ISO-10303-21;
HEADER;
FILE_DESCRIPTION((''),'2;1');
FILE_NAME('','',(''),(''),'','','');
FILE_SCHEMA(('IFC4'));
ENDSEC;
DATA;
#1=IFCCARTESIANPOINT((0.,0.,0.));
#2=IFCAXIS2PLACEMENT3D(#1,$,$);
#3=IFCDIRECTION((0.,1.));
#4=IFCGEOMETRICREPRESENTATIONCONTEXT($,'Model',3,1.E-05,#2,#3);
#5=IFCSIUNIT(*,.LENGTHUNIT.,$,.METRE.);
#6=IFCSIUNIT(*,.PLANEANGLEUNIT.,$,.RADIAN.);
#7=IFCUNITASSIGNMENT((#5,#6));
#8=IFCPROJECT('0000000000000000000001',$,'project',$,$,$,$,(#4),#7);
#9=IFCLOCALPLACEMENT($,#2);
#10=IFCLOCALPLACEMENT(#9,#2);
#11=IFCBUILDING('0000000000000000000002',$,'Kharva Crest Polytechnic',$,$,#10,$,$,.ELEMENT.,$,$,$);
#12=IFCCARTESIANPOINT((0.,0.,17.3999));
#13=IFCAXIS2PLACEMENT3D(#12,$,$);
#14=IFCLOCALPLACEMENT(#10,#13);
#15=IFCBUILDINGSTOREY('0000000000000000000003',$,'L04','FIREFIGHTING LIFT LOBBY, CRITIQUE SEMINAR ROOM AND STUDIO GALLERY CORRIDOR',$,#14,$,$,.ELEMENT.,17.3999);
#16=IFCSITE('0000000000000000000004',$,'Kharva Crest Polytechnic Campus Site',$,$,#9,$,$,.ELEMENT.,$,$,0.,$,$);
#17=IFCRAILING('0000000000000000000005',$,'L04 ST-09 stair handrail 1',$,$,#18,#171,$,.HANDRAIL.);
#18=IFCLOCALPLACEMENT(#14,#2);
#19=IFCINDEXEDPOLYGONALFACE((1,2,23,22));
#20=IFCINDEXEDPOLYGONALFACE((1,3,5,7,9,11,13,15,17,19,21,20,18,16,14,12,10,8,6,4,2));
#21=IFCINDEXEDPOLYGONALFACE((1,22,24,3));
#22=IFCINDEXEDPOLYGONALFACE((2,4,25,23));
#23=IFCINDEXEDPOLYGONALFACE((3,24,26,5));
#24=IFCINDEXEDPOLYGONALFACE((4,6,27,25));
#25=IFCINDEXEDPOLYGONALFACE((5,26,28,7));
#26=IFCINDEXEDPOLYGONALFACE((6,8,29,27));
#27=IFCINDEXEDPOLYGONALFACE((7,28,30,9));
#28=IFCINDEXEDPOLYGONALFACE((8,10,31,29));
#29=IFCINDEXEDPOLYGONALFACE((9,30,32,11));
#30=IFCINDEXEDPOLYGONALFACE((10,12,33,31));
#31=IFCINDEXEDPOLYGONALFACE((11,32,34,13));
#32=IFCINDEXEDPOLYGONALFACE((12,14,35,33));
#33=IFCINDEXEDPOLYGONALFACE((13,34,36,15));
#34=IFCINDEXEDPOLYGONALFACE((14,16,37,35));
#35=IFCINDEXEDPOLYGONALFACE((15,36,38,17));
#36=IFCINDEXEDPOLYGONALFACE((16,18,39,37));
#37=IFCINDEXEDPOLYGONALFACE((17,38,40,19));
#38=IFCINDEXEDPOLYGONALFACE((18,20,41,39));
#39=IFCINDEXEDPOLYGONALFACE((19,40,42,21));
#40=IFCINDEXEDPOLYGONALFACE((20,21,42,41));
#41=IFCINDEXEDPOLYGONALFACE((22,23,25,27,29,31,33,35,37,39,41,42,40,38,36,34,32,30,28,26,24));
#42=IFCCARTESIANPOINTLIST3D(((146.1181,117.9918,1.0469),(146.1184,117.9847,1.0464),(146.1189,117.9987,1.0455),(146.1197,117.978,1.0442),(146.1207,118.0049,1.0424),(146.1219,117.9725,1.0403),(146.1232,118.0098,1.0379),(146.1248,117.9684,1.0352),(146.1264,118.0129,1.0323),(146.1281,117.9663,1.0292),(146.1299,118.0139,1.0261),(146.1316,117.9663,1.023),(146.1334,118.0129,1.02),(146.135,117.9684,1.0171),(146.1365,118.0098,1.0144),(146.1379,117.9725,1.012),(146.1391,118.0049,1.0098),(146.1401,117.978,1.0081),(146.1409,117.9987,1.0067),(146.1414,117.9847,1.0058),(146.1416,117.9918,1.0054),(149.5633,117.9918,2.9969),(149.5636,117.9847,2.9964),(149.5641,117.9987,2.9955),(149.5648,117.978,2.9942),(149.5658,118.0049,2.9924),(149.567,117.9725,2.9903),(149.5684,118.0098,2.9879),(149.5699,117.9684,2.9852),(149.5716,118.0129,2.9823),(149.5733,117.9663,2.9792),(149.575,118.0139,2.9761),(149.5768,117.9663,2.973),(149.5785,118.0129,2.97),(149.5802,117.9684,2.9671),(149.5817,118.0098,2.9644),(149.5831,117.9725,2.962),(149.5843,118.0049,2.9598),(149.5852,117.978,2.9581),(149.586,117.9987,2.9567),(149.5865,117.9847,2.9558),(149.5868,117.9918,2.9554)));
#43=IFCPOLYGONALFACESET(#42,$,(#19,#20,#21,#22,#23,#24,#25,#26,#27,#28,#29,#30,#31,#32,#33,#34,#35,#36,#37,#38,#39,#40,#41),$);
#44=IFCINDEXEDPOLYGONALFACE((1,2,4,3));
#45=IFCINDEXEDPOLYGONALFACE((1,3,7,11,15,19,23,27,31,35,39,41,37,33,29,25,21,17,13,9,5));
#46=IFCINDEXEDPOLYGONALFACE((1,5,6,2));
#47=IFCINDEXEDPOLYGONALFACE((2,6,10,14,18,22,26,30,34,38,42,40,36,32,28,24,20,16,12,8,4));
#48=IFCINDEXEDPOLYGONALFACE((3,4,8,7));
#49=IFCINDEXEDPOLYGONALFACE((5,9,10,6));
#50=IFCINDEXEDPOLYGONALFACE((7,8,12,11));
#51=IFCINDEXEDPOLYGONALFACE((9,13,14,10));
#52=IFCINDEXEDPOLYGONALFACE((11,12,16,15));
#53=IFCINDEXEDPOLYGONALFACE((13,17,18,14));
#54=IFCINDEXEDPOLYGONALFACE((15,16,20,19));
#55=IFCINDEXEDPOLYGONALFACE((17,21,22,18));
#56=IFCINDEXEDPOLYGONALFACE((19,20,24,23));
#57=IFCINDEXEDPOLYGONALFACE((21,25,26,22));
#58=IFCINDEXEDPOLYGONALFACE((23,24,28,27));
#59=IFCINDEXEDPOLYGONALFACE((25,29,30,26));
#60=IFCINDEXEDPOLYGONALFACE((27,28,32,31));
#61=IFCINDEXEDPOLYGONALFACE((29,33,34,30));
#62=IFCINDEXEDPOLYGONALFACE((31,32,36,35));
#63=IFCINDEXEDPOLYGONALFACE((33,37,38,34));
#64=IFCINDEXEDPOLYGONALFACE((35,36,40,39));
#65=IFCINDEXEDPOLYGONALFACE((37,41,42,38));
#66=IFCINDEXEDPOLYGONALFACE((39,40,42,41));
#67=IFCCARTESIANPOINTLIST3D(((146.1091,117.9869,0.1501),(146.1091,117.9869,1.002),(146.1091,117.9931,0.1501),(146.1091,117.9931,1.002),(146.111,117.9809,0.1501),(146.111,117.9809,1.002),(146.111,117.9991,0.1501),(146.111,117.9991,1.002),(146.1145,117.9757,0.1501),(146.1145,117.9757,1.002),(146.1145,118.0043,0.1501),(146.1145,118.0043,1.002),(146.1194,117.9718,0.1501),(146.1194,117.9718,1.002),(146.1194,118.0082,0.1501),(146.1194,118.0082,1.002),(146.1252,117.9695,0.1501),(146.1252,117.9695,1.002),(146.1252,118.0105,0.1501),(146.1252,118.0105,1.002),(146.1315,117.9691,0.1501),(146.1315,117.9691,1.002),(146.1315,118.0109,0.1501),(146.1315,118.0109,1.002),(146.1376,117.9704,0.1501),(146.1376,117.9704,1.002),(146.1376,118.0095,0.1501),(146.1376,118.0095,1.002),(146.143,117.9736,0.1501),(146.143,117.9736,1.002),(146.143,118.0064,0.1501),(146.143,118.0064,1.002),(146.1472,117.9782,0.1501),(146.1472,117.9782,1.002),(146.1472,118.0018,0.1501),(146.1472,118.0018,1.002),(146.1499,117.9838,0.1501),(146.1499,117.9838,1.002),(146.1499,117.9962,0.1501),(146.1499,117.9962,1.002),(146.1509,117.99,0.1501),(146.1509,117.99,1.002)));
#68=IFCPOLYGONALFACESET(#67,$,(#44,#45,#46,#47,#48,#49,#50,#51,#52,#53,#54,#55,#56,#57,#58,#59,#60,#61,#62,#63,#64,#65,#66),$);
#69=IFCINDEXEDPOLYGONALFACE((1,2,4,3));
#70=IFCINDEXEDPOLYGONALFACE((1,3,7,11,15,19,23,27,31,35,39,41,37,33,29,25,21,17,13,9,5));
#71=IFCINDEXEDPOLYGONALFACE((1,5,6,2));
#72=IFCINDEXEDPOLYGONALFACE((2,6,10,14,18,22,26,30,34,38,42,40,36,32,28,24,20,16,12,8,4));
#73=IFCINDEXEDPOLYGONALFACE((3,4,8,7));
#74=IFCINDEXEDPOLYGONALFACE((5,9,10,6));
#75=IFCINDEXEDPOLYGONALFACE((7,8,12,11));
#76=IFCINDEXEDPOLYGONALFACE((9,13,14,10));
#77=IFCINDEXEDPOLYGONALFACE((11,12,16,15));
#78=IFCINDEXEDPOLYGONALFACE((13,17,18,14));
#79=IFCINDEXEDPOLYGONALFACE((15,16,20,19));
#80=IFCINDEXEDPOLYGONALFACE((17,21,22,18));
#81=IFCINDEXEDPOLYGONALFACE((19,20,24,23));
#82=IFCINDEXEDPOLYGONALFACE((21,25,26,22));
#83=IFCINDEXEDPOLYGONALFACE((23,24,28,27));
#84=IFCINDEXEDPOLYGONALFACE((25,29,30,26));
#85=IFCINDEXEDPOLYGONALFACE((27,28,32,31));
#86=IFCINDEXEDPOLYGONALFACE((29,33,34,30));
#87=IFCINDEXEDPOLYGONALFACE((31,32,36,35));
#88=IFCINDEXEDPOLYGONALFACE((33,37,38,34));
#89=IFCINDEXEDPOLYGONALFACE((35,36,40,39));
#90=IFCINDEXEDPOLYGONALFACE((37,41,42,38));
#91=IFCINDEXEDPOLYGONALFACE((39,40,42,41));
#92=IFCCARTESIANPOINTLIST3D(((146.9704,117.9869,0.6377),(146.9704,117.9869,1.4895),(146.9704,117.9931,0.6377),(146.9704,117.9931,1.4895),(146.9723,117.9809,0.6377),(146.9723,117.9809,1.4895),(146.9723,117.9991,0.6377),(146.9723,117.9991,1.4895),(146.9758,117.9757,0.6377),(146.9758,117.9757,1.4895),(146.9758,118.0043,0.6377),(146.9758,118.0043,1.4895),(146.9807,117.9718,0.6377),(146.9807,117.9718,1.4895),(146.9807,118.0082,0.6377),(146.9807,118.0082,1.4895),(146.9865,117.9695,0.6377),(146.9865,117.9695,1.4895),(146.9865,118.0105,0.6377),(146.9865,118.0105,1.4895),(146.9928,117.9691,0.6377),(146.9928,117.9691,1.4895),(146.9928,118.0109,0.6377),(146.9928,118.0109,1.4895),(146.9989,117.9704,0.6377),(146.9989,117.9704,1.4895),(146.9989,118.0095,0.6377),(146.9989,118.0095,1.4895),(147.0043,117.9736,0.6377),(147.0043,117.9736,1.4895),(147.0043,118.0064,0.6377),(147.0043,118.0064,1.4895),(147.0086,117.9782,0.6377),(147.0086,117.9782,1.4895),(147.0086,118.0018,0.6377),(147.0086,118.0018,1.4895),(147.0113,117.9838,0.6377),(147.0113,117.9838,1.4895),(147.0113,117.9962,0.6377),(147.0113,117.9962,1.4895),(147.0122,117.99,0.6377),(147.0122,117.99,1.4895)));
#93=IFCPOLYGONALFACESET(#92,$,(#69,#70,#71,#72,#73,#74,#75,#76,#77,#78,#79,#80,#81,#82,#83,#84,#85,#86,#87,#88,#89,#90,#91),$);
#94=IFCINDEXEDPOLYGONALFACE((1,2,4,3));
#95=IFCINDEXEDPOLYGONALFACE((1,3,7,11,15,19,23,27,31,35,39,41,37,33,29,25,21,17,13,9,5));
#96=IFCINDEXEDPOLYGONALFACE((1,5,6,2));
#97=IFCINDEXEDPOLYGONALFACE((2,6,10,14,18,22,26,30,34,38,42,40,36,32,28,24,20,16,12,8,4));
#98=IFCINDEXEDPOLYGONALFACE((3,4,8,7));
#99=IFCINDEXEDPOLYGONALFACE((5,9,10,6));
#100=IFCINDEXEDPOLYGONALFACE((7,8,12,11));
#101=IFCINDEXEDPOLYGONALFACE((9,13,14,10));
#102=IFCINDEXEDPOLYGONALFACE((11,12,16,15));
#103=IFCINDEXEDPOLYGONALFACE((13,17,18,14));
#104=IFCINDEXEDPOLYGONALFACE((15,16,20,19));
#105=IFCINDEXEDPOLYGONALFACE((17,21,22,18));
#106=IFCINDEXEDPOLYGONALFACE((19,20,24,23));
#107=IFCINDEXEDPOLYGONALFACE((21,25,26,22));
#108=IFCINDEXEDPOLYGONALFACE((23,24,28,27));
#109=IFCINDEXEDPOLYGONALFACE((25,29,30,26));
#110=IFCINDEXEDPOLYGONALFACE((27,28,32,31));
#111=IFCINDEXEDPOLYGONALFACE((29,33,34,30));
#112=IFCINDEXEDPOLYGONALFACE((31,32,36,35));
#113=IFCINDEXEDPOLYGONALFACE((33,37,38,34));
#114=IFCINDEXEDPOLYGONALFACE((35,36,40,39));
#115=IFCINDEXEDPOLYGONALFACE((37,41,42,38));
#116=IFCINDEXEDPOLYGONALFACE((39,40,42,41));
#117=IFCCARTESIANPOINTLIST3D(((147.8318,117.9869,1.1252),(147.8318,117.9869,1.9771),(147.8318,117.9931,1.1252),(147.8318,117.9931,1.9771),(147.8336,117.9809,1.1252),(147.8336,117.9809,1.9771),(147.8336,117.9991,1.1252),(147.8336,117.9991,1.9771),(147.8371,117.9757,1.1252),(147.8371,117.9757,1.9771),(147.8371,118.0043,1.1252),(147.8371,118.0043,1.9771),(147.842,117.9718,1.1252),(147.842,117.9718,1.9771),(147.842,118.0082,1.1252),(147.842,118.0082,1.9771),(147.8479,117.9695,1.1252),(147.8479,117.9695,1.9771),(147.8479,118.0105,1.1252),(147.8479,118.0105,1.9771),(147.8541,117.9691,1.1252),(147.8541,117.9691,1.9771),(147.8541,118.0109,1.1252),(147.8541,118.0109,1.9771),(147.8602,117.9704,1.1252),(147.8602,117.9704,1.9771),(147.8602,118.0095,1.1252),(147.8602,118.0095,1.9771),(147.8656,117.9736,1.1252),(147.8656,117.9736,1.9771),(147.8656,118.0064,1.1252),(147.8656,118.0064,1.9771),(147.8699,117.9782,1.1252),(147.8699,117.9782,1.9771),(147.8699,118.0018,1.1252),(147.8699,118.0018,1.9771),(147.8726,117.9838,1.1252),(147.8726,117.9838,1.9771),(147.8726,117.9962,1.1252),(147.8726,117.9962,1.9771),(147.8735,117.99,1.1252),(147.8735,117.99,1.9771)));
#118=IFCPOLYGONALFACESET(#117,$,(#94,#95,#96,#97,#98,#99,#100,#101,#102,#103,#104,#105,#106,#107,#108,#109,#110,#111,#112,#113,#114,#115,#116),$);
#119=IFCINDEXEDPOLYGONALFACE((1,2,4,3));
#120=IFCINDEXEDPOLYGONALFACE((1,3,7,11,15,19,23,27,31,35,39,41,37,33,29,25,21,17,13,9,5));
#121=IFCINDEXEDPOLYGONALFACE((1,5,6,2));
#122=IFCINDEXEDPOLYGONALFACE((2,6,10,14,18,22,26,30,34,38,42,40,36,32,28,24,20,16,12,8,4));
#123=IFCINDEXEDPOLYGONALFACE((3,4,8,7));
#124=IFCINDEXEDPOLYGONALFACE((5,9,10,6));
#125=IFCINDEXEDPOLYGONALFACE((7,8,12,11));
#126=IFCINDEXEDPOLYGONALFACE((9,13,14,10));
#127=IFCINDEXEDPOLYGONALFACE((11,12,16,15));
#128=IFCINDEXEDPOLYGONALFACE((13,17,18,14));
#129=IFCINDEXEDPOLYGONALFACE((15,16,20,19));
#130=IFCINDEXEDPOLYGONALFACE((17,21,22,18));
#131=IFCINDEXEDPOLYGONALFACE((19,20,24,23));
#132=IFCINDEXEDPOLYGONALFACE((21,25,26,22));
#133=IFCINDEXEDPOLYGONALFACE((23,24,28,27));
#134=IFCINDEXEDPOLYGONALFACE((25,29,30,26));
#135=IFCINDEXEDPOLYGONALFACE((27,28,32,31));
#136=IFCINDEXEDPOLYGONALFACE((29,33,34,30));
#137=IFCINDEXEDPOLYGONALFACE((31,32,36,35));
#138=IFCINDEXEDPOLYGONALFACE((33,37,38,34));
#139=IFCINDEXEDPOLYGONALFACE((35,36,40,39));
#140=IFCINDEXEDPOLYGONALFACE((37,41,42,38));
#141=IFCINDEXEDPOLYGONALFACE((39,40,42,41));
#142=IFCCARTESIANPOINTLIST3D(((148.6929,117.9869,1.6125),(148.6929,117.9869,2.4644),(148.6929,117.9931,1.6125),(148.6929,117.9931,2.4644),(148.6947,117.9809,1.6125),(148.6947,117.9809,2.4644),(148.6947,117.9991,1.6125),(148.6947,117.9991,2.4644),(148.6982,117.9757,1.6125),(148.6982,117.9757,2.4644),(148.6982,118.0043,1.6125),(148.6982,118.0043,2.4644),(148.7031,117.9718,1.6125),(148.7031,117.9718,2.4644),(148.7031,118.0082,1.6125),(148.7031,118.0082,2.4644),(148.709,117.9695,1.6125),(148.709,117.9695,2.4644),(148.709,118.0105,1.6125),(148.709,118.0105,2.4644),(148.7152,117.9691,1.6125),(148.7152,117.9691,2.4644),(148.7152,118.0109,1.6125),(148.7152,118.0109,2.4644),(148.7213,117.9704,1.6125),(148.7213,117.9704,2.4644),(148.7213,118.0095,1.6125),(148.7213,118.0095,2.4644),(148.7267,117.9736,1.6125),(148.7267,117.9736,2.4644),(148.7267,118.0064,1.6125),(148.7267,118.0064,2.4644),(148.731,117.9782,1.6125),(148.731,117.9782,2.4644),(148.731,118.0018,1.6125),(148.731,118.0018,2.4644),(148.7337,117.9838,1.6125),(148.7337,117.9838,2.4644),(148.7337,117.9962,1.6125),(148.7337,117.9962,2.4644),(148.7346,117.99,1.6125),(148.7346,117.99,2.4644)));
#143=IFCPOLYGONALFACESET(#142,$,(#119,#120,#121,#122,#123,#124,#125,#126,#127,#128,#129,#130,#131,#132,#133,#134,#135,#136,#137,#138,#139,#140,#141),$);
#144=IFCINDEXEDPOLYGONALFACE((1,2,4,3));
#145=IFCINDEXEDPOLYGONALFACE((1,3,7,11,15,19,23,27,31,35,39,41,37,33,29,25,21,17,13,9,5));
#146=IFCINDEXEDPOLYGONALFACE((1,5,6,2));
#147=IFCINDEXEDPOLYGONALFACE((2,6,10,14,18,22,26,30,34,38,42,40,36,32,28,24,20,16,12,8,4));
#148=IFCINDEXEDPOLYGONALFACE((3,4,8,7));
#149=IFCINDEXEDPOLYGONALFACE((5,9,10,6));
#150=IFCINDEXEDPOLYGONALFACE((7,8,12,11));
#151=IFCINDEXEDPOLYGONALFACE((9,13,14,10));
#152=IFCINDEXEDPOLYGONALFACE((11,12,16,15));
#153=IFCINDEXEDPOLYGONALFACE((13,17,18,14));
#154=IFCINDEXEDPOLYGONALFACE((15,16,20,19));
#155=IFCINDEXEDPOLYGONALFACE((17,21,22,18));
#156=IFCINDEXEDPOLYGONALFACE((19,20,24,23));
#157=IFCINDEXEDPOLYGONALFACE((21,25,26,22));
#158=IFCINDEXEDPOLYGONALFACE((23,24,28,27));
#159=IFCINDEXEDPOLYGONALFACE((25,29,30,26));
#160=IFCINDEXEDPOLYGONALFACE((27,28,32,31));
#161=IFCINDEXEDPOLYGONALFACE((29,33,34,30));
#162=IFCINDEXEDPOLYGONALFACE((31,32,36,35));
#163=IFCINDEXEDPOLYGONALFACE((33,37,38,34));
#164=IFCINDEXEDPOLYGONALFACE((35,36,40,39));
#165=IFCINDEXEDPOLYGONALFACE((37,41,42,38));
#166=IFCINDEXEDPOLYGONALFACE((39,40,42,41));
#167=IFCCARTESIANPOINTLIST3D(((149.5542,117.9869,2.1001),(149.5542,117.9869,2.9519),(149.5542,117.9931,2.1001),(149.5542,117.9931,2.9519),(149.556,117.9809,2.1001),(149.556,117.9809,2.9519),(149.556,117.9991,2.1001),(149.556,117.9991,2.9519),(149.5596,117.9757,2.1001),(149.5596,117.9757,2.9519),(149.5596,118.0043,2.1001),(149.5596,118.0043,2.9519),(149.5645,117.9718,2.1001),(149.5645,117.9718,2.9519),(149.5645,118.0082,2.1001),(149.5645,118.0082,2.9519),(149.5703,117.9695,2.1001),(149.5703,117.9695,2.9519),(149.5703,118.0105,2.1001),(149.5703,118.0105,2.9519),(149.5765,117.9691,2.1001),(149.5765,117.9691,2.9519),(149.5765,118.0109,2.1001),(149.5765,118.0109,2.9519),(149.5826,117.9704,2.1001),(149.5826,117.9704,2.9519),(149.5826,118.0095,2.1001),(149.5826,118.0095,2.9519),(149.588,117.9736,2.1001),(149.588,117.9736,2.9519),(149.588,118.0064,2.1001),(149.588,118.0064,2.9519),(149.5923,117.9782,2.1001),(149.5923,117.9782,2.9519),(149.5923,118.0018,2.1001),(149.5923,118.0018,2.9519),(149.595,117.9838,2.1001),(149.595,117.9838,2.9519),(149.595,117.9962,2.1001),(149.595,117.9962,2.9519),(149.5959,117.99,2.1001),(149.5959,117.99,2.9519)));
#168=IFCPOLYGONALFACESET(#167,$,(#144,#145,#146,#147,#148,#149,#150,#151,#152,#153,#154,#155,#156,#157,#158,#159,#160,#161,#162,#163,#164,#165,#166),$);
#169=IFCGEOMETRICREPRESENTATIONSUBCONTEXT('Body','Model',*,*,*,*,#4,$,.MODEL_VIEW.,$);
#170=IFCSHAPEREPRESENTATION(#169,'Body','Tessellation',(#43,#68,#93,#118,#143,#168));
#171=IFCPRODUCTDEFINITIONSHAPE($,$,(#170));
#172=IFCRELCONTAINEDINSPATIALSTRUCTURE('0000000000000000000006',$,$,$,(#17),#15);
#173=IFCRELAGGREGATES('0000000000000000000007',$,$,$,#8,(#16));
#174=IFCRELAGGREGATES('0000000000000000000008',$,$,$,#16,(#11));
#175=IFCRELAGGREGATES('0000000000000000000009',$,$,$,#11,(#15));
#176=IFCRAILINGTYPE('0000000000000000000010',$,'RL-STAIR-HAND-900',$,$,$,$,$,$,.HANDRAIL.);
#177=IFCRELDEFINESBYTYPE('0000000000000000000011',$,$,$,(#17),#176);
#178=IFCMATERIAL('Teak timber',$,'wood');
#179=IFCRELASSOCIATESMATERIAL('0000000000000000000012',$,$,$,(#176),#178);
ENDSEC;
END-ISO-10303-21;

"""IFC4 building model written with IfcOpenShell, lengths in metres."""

from ifc_helpers import new_model, si_unit, direction, frame, origin, origin_2d, place, context, subcontext, project, spatial, circle, extrude, material, type_object, element, save


model = new_model("IFC4")

# Units and contexts
model_context = context("Model", 3, precision=1e-05, world=origin(), true_north=direction((0.0, 1.0)))
body_context = subcontext(model_context, "Body", "Model", "MODEL_VIEW")
ifc_project = project(units=[si_unit("LENGTHUNIT", "METRE"), si_unit("PLANEANGLEUNIT", "RADIAN")], contexts=[model_context])

# Site, building, storey
site_placement = place(None, origin())
site = spatial("IfcSite", under=ifc_project, at=site_placement, Name="Kharva Crest Polytechnic Campus Site", CompositionType="ELEMENT", RefElevation=0.0)
building_placement = place(site_placement, origin())
building = spatial("IfcBuilding", under=site, at=building_placement, Name="Kharva Crest Polytechnic", CompositionType="ELEMENT")
storey_placement = place(building_placement, frame((0.0, 0.0, 17.3999)))
storey = spatial("IfcBuildingStorey", under=building, at=storey_placement, Name="L04", Description="FIREFIGHTING LIFT LOBBY, CRITIQUE SEMINAR ROOM AND STUDIO GALLERY CORRIDOR", CompositionType="ELEMENT", Elevation=17.3999)

# Shared definitions
ifc_material_1 = material(Name="Teak timber", Category="wood")

# Railing
railing_type_1 = type_object("IfcRailingType", Name="RL-STAIR-HAND-900", PredefinedType="HANDRAIL", material=ifc_material_1)
railing_1_placement = place(storey_placement, frame((146.1299, 117.99, 0.1501)))
element("IfcRailing", 1, at=railing_1_placement, inside=storey, type_object=railing_type_1, Name="L04 ST-09 stair handrail 1", PredefinedType="HANDRAIL", context=body_context, shape_type="SweptSolid", body=[
    extrude(circle(Radius=0.0239, at=origin_2d()), frame((0.0, 0.0, 0.876), z_axis=(0.870266, 0.0, 0.492581), x_axis=(0.0, 1.0, 0.0)), (0.0, 0.0, 1.0), 3.9587),
    extrude(circle(Radius=0.021, at=origin_2d()), origin(), (0.0, 0.0, 1.0), 0.8518),
    extrude(circle(Radius=0.021, at=origin_2d()), frame((0.8613, 0.0, 0.4875)), (0.0, 0.0, 1.0), 0.8518),
    extrude(circle(Radius=0.021, at=origin_2d()), frame((1.7227, 0.0, 0.9751)), (0.0, 0.0, 1.0), 0.8518),
    extrude(circle(Radius=0.021, at=origin_2d()), frame((2.5837, 0.0, 1.4624)), (0.0, 0.0, 1.0), 0.8518),
    extrude(circle(Radius=0.021, at=origin_2d()), frame((3.4451, 0.0, 1.95)), (0.0, 0.0, 1.0), 0.8518),
])

save(model, "model.ifc")
